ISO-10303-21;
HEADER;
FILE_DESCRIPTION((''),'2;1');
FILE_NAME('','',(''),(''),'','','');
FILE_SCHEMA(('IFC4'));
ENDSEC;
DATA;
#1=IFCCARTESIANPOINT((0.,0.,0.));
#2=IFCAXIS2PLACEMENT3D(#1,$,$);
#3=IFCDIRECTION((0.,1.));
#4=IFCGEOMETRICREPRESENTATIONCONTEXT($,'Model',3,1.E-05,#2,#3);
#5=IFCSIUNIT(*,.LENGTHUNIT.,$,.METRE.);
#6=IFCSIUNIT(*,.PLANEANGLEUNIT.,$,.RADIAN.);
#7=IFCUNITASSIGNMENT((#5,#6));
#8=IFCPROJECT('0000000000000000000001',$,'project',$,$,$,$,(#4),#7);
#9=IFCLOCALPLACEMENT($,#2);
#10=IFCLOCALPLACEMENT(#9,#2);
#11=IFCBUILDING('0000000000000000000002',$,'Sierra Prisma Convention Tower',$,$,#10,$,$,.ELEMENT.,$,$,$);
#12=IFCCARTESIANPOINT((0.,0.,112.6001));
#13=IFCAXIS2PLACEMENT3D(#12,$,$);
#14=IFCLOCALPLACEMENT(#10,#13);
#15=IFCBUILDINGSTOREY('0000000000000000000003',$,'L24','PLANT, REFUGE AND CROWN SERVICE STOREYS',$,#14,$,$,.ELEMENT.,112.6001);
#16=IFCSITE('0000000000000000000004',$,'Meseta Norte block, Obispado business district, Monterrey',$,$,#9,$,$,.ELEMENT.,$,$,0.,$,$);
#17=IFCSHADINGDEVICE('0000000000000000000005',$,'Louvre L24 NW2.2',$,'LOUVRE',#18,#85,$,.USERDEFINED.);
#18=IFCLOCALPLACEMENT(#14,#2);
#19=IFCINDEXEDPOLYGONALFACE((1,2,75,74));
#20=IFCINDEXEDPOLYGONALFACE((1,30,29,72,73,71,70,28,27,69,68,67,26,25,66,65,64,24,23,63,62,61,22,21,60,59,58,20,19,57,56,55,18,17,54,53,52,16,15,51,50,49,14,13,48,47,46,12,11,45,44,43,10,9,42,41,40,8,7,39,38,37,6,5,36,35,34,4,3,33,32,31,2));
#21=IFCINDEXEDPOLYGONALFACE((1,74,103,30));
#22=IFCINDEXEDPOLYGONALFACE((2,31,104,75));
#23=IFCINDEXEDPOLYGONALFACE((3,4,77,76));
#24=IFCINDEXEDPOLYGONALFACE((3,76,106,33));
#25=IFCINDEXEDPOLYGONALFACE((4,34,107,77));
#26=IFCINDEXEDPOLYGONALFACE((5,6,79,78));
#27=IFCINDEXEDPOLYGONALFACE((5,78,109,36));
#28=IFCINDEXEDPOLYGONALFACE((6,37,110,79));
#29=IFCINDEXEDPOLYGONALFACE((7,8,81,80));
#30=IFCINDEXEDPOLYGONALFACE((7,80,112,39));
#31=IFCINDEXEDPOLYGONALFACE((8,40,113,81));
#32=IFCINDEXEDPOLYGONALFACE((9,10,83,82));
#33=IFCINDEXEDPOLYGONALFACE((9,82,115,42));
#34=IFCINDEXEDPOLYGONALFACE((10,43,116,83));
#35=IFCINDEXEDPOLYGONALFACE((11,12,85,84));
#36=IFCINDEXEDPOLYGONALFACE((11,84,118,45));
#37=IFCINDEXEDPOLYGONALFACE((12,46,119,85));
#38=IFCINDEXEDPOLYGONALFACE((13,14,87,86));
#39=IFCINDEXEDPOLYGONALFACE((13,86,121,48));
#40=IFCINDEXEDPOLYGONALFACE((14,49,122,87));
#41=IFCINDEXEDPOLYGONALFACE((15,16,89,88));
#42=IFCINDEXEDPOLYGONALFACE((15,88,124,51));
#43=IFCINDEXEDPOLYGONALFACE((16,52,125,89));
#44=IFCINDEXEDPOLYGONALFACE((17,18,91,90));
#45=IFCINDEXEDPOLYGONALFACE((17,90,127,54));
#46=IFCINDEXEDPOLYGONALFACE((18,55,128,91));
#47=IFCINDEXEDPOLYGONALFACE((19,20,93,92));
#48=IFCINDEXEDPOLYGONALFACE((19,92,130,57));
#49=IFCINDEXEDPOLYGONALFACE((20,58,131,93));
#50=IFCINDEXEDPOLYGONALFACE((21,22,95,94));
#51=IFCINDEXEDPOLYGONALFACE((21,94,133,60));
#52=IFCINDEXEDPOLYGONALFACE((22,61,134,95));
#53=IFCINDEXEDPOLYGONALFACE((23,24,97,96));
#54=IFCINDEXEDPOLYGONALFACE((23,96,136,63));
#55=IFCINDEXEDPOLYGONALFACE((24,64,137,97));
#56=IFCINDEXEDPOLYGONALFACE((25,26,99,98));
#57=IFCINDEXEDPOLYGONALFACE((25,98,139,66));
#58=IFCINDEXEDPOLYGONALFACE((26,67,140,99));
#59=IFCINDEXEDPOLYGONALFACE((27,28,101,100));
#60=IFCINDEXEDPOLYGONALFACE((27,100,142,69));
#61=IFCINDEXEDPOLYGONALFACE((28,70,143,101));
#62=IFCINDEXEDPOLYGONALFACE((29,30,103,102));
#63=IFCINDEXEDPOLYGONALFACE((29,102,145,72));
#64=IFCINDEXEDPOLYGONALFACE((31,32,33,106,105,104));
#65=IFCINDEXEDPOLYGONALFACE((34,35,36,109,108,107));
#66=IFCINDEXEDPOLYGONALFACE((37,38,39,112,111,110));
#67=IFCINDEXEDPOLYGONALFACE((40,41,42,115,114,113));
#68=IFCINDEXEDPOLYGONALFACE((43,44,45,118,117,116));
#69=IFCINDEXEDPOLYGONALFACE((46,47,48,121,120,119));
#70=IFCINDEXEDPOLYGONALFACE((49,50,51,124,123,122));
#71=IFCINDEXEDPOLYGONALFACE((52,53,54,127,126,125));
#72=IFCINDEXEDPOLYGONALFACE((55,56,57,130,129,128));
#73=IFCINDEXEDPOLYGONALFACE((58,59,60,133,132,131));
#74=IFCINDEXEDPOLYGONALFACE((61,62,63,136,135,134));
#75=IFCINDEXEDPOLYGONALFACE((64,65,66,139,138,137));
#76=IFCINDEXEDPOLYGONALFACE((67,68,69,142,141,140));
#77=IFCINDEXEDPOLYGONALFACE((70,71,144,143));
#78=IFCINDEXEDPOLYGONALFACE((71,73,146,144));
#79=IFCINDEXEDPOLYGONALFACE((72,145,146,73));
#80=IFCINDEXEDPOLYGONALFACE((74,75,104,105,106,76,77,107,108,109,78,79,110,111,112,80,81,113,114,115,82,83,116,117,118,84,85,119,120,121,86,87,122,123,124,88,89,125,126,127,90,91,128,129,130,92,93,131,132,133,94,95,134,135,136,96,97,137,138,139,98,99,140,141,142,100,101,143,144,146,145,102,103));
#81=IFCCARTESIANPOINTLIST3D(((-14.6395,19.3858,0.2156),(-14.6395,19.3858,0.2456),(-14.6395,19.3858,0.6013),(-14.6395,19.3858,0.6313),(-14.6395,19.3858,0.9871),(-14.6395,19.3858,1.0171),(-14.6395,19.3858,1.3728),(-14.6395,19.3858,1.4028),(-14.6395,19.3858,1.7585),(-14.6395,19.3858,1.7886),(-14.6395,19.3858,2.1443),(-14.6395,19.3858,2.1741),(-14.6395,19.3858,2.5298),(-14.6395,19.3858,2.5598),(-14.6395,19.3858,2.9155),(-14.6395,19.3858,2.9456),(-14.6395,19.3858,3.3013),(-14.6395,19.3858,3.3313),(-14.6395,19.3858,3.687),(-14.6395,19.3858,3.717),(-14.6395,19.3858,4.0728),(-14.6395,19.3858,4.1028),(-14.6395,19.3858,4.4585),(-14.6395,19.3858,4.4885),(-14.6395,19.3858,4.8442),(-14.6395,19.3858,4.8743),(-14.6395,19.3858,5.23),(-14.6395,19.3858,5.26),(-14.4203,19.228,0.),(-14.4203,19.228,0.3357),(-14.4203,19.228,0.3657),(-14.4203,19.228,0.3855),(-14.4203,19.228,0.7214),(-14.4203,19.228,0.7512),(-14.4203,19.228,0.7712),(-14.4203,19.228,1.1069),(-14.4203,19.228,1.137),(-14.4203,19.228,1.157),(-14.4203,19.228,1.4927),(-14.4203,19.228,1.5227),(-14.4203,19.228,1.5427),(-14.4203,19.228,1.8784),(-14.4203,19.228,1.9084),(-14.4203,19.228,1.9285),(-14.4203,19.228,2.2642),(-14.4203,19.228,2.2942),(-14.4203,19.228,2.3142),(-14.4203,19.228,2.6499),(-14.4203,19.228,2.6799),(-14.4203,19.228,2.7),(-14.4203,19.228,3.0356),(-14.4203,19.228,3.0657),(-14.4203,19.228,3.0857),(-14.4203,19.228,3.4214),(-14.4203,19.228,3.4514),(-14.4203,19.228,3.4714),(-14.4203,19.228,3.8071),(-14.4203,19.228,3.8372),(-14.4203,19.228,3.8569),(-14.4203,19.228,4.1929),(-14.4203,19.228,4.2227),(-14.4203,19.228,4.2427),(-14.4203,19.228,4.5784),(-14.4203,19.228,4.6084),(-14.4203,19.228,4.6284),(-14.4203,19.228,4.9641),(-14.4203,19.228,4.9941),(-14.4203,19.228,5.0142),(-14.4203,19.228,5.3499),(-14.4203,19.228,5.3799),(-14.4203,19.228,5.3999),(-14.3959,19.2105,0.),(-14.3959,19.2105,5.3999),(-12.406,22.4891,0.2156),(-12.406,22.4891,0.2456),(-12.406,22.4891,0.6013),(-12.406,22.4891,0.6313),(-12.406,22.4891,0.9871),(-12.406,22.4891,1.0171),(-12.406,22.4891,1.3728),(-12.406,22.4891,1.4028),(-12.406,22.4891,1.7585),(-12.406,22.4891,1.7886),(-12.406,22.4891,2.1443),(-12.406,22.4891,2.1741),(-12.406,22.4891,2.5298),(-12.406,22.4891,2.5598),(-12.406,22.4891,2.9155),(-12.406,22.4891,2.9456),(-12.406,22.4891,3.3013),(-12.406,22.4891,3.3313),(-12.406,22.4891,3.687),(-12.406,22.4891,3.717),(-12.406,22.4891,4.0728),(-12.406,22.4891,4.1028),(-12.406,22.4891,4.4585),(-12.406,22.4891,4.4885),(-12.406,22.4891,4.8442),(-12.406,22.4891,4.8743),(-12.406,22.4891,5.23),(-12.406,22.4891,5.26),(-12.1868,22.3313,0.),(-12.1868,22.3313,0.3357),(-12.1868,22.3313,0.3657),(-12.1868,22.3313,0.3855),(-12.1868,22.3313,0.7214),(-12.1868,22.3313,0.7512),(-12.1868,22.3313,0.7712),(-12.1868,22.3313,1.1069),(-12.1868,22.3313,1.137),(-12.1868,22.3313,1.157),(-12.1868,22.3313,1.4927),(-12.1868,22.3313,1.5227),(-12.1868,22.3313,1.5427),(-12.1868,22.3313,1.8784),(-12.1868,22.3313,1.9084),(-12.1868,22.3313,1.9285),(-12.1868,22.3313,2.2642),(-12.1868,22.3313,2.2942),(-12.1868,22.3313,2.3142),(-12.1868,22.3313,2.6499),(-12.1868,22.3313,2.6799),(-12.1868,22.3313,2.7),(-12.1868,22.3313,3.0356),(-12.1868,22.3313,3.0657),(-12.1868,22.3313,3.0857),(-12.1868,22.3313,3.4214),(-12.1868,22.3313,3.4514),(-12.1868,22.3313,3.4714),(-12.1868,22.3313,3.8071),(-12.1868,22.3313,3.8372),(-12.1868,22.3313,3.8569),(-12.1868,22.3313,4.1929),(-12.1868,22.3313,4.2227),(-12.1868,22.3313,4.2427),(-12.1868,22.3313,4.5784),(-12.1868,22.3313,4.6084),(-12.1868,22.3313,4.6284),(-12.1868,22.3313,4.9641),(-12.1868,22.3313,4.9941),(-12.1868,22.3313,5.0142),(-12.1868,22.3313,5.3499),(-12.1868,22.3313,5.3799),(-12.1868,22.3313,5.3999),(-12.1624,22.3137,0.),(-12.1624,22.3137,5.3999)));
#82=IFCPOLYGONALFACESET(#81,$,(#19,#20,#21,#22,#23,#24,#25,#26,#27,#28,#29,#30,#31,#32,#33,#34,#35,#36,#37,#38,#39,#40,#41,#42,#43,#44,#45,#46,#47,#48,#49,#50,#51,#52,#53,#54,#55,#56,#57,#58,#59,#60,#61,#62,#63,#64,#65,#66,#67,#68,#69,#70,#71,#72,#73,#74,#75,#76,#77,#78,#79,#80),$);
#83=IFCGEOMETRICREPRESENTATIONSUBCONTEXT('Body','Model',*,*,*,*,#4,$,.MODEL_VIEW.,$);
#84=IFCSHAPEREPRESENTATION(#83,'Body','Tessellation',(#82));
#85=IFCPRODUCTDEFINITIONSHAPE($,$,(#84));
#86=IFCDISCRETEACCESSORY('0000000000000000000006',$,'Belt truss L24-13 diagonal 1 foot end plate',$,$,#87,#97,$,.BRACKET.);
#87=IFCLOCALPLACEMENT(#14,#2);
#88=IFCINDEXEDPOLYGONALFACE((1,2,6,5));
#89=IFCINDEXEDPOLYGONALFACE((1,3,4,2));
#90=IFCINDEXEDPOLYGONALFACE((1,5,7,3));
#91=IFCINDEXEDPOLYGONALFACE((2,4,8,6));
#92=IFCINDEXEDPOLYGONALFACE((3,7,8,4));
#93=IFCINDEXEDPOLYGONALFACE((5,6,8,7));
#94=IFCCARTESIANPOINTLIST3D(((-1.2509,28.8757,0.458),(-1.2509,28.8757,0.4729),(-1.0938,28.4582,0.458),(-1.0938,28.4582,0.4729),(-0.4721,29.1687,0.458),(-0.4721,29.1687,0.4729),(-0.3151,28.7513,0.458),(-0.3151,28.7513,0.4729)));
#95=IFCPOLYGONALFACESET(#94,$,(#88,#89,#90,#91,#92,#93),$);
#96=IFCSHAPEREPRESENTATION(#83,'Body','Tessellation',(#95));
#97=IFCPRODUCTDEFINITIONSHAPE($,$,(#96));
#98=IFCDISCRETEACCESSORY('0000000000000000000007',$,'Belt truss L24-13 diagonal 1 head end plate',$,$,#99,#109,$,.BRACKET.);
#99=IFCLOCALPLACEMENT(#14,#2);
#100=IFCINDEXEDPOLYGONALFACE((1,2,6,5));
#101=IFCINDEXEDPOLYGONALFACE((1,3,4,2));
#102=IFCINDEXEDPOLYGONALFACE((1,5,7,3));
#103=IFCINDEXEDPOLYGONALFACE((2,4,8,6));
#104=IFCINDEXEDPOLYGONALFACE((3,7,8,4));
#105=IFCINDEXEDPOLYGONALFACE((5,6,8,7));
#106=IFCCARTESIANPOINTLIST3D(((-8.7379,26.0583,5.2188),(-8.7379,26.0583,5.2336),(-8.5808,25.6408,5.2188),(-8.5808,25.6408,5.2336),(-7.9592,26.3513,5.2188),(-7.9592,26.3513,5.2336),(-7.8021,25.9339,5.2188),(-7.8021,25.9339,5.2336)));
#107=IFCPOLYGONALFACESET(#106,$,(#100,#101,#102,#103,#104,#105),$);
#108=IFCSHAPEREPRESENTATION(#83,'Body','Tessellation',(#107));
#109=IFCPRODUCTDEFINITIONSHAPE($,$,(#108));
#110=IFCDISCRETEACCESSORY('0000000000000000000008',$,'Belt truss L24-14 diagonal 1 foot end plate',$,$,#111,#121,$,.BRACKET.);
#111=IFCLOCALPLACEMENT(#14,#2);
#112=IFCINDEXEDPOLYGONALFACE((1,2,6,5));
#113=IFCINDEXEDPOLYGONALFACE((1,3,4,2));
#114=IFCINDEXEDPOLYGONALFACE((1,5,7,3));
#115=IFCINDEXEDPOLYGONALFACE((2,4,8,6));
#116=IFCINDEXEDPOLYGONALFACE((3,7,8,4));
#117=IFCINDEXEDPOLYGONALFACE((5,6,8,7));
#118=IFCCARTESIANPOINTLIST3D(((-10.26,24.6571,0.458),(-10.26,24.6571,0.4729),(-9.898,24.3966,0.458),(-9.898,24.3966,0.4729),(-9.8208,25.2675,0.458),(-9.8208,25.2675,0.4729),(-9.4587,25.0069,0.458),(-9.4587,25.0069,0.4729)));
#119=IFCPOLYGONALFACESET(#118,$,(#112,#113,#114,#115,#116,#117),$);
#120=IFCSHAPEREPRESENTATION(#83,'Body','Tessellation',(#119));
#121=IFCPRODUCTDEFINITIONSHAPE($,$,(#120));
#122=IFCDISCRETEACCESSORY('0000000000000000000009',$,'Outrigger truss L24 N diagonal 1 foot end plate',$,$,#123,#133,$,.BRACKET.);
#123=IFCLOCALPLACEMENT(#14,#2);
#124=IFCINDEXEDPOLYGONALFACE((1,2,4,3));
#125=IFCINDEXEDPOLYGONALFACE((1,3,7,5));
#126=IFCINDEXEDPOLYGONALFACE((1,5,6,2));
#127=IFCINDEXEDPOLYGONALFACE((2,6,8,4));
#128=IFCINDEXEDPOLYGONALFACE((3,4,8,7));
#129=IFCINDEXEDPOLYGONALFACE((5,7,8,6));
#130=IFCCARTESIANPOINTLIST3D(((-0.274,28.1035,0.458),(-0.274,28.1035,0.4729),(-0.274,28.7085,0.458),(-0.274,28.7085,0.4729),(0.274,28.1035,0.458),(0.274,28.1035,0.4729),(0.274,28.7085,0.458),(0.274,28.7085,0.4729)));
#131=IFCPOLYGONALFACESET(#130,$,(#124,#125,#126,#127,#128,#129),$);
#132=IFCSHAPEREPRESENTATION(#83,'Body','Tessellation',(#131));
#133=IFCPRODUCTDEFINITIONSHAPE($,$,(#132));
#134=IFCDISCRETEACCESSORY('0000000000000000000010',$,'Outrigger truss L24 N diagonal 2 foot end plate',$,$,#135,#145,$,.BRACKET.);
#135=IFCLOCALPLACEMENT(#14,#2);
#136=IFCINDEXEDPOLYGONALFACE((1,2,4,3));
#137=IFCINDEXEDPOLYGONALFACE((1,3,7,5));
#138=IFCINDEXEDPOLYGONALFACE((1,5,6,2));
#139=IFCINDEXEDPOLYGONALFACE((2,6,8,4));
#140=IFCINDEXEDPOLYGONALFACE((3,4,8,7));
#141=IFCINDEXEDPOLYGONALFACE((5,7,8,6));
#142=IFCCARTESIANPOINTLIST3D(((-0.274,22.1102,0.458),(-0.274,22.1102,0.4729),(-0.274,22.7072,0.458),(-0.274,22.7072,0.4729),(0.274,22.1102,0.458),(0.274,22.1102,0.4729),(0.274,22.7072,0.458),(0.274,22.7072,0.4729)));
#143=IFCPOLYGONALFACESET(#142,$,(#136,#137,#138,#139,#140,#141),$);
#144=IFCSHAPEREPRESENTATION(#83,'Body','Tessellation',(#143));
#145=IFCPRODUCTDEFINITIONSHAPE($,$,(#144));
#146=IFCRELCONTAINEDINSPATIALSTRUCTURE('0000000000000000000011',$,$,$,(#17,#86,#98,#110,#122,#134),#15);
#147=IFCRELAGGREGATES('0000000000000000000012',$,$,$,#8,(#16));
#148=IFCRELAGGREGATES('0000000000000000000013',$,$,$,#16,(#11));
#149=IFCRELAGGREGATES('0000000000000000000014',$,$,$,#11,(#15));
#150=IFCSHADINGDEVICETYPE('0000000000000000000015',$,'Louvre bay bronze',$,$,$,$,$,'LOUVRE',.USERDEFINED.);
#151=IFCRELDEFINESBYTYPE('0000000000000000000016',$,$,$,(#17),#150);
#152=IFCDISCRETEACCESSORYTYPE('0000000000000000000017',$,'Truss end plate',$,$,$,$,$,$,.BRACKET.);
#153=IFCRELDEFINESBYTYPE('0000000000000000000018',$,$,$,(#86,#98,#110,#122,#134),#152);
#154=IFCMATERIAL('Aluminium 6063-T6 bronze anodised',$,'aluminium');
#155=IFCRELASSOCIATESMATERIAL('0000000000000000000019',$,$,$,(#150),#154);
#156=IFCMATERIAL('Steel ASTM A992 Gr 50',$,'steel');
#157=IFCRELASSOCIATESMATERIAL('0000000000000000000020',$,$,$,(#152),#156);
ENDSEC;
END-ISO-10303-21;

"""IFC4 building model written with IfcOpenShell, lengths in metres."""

from ifc_helpers import new_model, si_unit, direction, frame, origin, origin_2d, place, context, subcontext, project, spatial, polyline, rectangle, outline, extrude, material, type_object, element, save


model = new_model("IFC4")

# Units and contexts
model_context = context("Model", 3, precision=1e-05, world=origin(), true_north=direction((0.0, 1.0)))
body_context = subcontext(model_context, "Body", "Model", "MODEL_VIEW")
ifc_project = project(units=[si_unit("LENGTHUNIT", "METRE"), si_unit("PLANEANGLEUNIT", "RADIAN")], contexts=[model_context])

# Site, building, storey
site_placement = place(None, origin())
site = spatial("IfcSite", under=ifc_project, at=site_placement, Name="Meseta Norte block, Obispado business district, Monterrey", CompositionType="ELEMENT", RefElevation=0.0)
building_placement = place(site_placement, origin())
building = spatial("IfcBuilding", under=site, at=building_placement, Name="Sierra Prisma Convention Tower", CompositionType="ELEMENT")
storey_placement = place(building_placement, frame((0.0, 0.0, 112.6001)))
storey = spatial("IfcBuildingStorey", under=building, at=storey_placement, Name="L24", Description="PLANT, REFUGE AND CROWN SERVICE STOREYS", CompositionType="ELEMENT", Elevation=112.6001)

# Shading device
ifc_material_1 = material(Name="Aluminium 6063-T6 bronze anodised", Category="aluminium")
shading_device_type = type_object("IfcShadingDeviceType", Name="Louvre bay bronze", ElementType="LOUVRE", PredefinedType="USERDEFINED", material=ifc_material_1)
shading_device_1_placement = place(storey_placement, frame((-12.1624, 22.3137, 0.0), z_axis=(0.584168, 0.811633, 0.0), x_axis=(0.0, 0.0, 1.0)))
element("IfcShadingDevice", 1, at=shading_device_1_placement, inside=storey, type_object=shading_device_type, Name="Louvre L24 NW2.2", ObjectType="LOUVRE", PredefinedType="USERDEFINED", context=body_context, shape_type="SweptSolid", body=[
    extrude(outline(polyline([(0.0, 0.0), (5.3999, 0.0), (5.3999, -0.0301), (5.3799, -0.0301), (5.26, -0.3002), (5.23, -0.3002), (5.3499, -0.0301), (5.0142, -0.0301), (4.9941, -0.0301), (4.8743, -0.3002), (4.8442, -0.3002), (4.9641, -0.0301), (4.6284, -0.0301), (4.6084, -0.0301), (4.4885, -0.3002), (4.4585, -0.3002), (4.5784, -0.0301), (4.2427, -0.0301), (4.2227, -0.0301), (4.1028, -0.3002), (4.0728, -0.3002), (4.1929, -0.0301), (3.8569, -0.0301), (3.8372, -0.0301), (3.717, -0.3002), (3.687, -0.3002), (3.8071, -0.0301), (3.4714, -0.0301), (3.4514, -0.0301), (3.3313, -0.3002), (3.3013, -0.3002), (3.4214, -0.0301), (3.0857, -0.0301), (3.0657, -0.0301), (2.9456, -0.3002), (2.9155, -0.3002), (3.0356, -0.0301), (2.7, -0.0301), (2.6799, -0.0301), (2.5598, -0.3002), (2.5298, -0.3002), (2.6499, -0.0301), (2.3142, -0.0301), (2.2942, -0.0301), (2.1741, -0.3002), (2.1443, -0.3002), (2.2642, -0.0301), (1.9285, -0.0301), (1.9084, -0.0301), (1.7886, -0.3002), (1.7585, -0.3002), (1.8784, -0.0301), (1.5427, -0.0301), (1.5227, -0.0301), (1.4028, -0.3002), (1.3728, -0.3002), (1.4927, -0.0301), (1.157, -0.0301), (1.137, -0.0301), (1.0171, -0.3002), (0.9871, -0.3002), (1.1069, -0.0301), (0.7712, -0.0301), (0.7512, -0.0301), (0.6313, -0.3002), (0.6013, -0.3002), (0.7214, -0.0301), (0.3855, -0.0301), (0.3657, -0.0301), (0.2456, -0.3002), (0.2156, -0.3002), (0.3357, -0.0301), (0.0, -0.0301), (0.0, 0.0)])), origin(), (0.0, 0.0, -1.0), 3.8235),
])

# Discrete accessories
ifc_material_2 = material(Name="Steel ASTM A992 Gr 50", Category="steel")
discrete_accessory_type = type_object("IfcDiscreteAccessoryType", Name="Truss end plate", PredefinedType="BRACKET", material=ifc_material_2)
for number, where, z_axis, x_axis, name in (
    (2, (-0.783, 28.8135, 0.458), (0.0, 0.0, 1.0), (-0.935924, -0.352203, 0.0), "Belt truss L24-13 diagonal 1 foot end plate"),
    (3, (-8.27, 25.9961, 5.2188), (0.0, 0.0, 1.0), (-0.935924, -0.352203, 0.0), "Belt truss L24-13 diagonal 1 head end plate"),
):
    element("IfcDiscreteAccessory", number, at=place(storey_placement, frame(where, z_axis=z_axis, x_axis=x_axis)), inside=storey, type_object=discrete_accessory_type, Name=name, PredefinedType="BRACKET", context=body_context, shape_type="SweptSolid", body=[
        extrude(rectangle(XDim=0.832, YDim=0.446, at=origin_2d()), origin(), (0.0, 0.0, 1.0), 0.0149),
    ])
discrete_accessory_1_placement = place(storey_placement, frame((-9.8594, 24.832, 0.458), z_axis=(0.0, 0.0, 1.0), x_axis=(-0.584124, -0.811665, 0.0)))
element("IfcDiscreteAccessory", 4, at=discrete_accessory_1_placement, inside=storey, type_object=discrete_accessory_type, Name="Belt truss L24-14 diagonal 1 foot end plate", PredefinedType="BRACKET", context=body_context, shape_type="SweptSolid", body=[
    extrude(rectangle(XDim=0.752, YDim=0.446, at=origin_2d()), origin(), (0.0, 0.0, 1.0), 0.0149),
])
discrete_accessory_2_placement = place(storey_placement, frame((0.0, 28.406, 0.458), z_axis=(0.0, 0.0, 1.0), x_axis=(0.0, -1.0, 0.0)))
element("IfcDiscreteAccessory", 5, at=discrete_accessory_2_placement, inside=storey, type_object=discrete_accessory_type, Name="Outrigger truss L24 N diagonal 1 foot end plate", PredefinedType="BRACKET", context=body_context, shape_type="SweptSolid", body=[
    extrude(rectangle(XDim=0.605, YDim=0.5481, at=origin_2d()), origin(), (0.0, 0.0, 1.0), 0.0149),
])
discrete_accessory_3_placement = place(storey_placement, frame((0.0, 22.4087, 0.458), z_axis=(0.0, 0.0, 1.0), x_axis=(0.0, -1.0, 0.0)))
element("IfcDiscreteAccessory", 6, at=discrete_accessory_3_placement, inside=storey, type_object=discrete_accessory_type, Name="Outrigger truss L24 N diagonal 2 foot end plate", PredefinedType="BRACKET", context=body_context, shape_type="SweptSolid", body=[
    extrude(rectangle(XDim=0.5969, YDim=0.5481, at=origin_2d()), origin(), (0.0, 0.0, 1.0), 0.0149),
])

save(model, "model.ifc")
